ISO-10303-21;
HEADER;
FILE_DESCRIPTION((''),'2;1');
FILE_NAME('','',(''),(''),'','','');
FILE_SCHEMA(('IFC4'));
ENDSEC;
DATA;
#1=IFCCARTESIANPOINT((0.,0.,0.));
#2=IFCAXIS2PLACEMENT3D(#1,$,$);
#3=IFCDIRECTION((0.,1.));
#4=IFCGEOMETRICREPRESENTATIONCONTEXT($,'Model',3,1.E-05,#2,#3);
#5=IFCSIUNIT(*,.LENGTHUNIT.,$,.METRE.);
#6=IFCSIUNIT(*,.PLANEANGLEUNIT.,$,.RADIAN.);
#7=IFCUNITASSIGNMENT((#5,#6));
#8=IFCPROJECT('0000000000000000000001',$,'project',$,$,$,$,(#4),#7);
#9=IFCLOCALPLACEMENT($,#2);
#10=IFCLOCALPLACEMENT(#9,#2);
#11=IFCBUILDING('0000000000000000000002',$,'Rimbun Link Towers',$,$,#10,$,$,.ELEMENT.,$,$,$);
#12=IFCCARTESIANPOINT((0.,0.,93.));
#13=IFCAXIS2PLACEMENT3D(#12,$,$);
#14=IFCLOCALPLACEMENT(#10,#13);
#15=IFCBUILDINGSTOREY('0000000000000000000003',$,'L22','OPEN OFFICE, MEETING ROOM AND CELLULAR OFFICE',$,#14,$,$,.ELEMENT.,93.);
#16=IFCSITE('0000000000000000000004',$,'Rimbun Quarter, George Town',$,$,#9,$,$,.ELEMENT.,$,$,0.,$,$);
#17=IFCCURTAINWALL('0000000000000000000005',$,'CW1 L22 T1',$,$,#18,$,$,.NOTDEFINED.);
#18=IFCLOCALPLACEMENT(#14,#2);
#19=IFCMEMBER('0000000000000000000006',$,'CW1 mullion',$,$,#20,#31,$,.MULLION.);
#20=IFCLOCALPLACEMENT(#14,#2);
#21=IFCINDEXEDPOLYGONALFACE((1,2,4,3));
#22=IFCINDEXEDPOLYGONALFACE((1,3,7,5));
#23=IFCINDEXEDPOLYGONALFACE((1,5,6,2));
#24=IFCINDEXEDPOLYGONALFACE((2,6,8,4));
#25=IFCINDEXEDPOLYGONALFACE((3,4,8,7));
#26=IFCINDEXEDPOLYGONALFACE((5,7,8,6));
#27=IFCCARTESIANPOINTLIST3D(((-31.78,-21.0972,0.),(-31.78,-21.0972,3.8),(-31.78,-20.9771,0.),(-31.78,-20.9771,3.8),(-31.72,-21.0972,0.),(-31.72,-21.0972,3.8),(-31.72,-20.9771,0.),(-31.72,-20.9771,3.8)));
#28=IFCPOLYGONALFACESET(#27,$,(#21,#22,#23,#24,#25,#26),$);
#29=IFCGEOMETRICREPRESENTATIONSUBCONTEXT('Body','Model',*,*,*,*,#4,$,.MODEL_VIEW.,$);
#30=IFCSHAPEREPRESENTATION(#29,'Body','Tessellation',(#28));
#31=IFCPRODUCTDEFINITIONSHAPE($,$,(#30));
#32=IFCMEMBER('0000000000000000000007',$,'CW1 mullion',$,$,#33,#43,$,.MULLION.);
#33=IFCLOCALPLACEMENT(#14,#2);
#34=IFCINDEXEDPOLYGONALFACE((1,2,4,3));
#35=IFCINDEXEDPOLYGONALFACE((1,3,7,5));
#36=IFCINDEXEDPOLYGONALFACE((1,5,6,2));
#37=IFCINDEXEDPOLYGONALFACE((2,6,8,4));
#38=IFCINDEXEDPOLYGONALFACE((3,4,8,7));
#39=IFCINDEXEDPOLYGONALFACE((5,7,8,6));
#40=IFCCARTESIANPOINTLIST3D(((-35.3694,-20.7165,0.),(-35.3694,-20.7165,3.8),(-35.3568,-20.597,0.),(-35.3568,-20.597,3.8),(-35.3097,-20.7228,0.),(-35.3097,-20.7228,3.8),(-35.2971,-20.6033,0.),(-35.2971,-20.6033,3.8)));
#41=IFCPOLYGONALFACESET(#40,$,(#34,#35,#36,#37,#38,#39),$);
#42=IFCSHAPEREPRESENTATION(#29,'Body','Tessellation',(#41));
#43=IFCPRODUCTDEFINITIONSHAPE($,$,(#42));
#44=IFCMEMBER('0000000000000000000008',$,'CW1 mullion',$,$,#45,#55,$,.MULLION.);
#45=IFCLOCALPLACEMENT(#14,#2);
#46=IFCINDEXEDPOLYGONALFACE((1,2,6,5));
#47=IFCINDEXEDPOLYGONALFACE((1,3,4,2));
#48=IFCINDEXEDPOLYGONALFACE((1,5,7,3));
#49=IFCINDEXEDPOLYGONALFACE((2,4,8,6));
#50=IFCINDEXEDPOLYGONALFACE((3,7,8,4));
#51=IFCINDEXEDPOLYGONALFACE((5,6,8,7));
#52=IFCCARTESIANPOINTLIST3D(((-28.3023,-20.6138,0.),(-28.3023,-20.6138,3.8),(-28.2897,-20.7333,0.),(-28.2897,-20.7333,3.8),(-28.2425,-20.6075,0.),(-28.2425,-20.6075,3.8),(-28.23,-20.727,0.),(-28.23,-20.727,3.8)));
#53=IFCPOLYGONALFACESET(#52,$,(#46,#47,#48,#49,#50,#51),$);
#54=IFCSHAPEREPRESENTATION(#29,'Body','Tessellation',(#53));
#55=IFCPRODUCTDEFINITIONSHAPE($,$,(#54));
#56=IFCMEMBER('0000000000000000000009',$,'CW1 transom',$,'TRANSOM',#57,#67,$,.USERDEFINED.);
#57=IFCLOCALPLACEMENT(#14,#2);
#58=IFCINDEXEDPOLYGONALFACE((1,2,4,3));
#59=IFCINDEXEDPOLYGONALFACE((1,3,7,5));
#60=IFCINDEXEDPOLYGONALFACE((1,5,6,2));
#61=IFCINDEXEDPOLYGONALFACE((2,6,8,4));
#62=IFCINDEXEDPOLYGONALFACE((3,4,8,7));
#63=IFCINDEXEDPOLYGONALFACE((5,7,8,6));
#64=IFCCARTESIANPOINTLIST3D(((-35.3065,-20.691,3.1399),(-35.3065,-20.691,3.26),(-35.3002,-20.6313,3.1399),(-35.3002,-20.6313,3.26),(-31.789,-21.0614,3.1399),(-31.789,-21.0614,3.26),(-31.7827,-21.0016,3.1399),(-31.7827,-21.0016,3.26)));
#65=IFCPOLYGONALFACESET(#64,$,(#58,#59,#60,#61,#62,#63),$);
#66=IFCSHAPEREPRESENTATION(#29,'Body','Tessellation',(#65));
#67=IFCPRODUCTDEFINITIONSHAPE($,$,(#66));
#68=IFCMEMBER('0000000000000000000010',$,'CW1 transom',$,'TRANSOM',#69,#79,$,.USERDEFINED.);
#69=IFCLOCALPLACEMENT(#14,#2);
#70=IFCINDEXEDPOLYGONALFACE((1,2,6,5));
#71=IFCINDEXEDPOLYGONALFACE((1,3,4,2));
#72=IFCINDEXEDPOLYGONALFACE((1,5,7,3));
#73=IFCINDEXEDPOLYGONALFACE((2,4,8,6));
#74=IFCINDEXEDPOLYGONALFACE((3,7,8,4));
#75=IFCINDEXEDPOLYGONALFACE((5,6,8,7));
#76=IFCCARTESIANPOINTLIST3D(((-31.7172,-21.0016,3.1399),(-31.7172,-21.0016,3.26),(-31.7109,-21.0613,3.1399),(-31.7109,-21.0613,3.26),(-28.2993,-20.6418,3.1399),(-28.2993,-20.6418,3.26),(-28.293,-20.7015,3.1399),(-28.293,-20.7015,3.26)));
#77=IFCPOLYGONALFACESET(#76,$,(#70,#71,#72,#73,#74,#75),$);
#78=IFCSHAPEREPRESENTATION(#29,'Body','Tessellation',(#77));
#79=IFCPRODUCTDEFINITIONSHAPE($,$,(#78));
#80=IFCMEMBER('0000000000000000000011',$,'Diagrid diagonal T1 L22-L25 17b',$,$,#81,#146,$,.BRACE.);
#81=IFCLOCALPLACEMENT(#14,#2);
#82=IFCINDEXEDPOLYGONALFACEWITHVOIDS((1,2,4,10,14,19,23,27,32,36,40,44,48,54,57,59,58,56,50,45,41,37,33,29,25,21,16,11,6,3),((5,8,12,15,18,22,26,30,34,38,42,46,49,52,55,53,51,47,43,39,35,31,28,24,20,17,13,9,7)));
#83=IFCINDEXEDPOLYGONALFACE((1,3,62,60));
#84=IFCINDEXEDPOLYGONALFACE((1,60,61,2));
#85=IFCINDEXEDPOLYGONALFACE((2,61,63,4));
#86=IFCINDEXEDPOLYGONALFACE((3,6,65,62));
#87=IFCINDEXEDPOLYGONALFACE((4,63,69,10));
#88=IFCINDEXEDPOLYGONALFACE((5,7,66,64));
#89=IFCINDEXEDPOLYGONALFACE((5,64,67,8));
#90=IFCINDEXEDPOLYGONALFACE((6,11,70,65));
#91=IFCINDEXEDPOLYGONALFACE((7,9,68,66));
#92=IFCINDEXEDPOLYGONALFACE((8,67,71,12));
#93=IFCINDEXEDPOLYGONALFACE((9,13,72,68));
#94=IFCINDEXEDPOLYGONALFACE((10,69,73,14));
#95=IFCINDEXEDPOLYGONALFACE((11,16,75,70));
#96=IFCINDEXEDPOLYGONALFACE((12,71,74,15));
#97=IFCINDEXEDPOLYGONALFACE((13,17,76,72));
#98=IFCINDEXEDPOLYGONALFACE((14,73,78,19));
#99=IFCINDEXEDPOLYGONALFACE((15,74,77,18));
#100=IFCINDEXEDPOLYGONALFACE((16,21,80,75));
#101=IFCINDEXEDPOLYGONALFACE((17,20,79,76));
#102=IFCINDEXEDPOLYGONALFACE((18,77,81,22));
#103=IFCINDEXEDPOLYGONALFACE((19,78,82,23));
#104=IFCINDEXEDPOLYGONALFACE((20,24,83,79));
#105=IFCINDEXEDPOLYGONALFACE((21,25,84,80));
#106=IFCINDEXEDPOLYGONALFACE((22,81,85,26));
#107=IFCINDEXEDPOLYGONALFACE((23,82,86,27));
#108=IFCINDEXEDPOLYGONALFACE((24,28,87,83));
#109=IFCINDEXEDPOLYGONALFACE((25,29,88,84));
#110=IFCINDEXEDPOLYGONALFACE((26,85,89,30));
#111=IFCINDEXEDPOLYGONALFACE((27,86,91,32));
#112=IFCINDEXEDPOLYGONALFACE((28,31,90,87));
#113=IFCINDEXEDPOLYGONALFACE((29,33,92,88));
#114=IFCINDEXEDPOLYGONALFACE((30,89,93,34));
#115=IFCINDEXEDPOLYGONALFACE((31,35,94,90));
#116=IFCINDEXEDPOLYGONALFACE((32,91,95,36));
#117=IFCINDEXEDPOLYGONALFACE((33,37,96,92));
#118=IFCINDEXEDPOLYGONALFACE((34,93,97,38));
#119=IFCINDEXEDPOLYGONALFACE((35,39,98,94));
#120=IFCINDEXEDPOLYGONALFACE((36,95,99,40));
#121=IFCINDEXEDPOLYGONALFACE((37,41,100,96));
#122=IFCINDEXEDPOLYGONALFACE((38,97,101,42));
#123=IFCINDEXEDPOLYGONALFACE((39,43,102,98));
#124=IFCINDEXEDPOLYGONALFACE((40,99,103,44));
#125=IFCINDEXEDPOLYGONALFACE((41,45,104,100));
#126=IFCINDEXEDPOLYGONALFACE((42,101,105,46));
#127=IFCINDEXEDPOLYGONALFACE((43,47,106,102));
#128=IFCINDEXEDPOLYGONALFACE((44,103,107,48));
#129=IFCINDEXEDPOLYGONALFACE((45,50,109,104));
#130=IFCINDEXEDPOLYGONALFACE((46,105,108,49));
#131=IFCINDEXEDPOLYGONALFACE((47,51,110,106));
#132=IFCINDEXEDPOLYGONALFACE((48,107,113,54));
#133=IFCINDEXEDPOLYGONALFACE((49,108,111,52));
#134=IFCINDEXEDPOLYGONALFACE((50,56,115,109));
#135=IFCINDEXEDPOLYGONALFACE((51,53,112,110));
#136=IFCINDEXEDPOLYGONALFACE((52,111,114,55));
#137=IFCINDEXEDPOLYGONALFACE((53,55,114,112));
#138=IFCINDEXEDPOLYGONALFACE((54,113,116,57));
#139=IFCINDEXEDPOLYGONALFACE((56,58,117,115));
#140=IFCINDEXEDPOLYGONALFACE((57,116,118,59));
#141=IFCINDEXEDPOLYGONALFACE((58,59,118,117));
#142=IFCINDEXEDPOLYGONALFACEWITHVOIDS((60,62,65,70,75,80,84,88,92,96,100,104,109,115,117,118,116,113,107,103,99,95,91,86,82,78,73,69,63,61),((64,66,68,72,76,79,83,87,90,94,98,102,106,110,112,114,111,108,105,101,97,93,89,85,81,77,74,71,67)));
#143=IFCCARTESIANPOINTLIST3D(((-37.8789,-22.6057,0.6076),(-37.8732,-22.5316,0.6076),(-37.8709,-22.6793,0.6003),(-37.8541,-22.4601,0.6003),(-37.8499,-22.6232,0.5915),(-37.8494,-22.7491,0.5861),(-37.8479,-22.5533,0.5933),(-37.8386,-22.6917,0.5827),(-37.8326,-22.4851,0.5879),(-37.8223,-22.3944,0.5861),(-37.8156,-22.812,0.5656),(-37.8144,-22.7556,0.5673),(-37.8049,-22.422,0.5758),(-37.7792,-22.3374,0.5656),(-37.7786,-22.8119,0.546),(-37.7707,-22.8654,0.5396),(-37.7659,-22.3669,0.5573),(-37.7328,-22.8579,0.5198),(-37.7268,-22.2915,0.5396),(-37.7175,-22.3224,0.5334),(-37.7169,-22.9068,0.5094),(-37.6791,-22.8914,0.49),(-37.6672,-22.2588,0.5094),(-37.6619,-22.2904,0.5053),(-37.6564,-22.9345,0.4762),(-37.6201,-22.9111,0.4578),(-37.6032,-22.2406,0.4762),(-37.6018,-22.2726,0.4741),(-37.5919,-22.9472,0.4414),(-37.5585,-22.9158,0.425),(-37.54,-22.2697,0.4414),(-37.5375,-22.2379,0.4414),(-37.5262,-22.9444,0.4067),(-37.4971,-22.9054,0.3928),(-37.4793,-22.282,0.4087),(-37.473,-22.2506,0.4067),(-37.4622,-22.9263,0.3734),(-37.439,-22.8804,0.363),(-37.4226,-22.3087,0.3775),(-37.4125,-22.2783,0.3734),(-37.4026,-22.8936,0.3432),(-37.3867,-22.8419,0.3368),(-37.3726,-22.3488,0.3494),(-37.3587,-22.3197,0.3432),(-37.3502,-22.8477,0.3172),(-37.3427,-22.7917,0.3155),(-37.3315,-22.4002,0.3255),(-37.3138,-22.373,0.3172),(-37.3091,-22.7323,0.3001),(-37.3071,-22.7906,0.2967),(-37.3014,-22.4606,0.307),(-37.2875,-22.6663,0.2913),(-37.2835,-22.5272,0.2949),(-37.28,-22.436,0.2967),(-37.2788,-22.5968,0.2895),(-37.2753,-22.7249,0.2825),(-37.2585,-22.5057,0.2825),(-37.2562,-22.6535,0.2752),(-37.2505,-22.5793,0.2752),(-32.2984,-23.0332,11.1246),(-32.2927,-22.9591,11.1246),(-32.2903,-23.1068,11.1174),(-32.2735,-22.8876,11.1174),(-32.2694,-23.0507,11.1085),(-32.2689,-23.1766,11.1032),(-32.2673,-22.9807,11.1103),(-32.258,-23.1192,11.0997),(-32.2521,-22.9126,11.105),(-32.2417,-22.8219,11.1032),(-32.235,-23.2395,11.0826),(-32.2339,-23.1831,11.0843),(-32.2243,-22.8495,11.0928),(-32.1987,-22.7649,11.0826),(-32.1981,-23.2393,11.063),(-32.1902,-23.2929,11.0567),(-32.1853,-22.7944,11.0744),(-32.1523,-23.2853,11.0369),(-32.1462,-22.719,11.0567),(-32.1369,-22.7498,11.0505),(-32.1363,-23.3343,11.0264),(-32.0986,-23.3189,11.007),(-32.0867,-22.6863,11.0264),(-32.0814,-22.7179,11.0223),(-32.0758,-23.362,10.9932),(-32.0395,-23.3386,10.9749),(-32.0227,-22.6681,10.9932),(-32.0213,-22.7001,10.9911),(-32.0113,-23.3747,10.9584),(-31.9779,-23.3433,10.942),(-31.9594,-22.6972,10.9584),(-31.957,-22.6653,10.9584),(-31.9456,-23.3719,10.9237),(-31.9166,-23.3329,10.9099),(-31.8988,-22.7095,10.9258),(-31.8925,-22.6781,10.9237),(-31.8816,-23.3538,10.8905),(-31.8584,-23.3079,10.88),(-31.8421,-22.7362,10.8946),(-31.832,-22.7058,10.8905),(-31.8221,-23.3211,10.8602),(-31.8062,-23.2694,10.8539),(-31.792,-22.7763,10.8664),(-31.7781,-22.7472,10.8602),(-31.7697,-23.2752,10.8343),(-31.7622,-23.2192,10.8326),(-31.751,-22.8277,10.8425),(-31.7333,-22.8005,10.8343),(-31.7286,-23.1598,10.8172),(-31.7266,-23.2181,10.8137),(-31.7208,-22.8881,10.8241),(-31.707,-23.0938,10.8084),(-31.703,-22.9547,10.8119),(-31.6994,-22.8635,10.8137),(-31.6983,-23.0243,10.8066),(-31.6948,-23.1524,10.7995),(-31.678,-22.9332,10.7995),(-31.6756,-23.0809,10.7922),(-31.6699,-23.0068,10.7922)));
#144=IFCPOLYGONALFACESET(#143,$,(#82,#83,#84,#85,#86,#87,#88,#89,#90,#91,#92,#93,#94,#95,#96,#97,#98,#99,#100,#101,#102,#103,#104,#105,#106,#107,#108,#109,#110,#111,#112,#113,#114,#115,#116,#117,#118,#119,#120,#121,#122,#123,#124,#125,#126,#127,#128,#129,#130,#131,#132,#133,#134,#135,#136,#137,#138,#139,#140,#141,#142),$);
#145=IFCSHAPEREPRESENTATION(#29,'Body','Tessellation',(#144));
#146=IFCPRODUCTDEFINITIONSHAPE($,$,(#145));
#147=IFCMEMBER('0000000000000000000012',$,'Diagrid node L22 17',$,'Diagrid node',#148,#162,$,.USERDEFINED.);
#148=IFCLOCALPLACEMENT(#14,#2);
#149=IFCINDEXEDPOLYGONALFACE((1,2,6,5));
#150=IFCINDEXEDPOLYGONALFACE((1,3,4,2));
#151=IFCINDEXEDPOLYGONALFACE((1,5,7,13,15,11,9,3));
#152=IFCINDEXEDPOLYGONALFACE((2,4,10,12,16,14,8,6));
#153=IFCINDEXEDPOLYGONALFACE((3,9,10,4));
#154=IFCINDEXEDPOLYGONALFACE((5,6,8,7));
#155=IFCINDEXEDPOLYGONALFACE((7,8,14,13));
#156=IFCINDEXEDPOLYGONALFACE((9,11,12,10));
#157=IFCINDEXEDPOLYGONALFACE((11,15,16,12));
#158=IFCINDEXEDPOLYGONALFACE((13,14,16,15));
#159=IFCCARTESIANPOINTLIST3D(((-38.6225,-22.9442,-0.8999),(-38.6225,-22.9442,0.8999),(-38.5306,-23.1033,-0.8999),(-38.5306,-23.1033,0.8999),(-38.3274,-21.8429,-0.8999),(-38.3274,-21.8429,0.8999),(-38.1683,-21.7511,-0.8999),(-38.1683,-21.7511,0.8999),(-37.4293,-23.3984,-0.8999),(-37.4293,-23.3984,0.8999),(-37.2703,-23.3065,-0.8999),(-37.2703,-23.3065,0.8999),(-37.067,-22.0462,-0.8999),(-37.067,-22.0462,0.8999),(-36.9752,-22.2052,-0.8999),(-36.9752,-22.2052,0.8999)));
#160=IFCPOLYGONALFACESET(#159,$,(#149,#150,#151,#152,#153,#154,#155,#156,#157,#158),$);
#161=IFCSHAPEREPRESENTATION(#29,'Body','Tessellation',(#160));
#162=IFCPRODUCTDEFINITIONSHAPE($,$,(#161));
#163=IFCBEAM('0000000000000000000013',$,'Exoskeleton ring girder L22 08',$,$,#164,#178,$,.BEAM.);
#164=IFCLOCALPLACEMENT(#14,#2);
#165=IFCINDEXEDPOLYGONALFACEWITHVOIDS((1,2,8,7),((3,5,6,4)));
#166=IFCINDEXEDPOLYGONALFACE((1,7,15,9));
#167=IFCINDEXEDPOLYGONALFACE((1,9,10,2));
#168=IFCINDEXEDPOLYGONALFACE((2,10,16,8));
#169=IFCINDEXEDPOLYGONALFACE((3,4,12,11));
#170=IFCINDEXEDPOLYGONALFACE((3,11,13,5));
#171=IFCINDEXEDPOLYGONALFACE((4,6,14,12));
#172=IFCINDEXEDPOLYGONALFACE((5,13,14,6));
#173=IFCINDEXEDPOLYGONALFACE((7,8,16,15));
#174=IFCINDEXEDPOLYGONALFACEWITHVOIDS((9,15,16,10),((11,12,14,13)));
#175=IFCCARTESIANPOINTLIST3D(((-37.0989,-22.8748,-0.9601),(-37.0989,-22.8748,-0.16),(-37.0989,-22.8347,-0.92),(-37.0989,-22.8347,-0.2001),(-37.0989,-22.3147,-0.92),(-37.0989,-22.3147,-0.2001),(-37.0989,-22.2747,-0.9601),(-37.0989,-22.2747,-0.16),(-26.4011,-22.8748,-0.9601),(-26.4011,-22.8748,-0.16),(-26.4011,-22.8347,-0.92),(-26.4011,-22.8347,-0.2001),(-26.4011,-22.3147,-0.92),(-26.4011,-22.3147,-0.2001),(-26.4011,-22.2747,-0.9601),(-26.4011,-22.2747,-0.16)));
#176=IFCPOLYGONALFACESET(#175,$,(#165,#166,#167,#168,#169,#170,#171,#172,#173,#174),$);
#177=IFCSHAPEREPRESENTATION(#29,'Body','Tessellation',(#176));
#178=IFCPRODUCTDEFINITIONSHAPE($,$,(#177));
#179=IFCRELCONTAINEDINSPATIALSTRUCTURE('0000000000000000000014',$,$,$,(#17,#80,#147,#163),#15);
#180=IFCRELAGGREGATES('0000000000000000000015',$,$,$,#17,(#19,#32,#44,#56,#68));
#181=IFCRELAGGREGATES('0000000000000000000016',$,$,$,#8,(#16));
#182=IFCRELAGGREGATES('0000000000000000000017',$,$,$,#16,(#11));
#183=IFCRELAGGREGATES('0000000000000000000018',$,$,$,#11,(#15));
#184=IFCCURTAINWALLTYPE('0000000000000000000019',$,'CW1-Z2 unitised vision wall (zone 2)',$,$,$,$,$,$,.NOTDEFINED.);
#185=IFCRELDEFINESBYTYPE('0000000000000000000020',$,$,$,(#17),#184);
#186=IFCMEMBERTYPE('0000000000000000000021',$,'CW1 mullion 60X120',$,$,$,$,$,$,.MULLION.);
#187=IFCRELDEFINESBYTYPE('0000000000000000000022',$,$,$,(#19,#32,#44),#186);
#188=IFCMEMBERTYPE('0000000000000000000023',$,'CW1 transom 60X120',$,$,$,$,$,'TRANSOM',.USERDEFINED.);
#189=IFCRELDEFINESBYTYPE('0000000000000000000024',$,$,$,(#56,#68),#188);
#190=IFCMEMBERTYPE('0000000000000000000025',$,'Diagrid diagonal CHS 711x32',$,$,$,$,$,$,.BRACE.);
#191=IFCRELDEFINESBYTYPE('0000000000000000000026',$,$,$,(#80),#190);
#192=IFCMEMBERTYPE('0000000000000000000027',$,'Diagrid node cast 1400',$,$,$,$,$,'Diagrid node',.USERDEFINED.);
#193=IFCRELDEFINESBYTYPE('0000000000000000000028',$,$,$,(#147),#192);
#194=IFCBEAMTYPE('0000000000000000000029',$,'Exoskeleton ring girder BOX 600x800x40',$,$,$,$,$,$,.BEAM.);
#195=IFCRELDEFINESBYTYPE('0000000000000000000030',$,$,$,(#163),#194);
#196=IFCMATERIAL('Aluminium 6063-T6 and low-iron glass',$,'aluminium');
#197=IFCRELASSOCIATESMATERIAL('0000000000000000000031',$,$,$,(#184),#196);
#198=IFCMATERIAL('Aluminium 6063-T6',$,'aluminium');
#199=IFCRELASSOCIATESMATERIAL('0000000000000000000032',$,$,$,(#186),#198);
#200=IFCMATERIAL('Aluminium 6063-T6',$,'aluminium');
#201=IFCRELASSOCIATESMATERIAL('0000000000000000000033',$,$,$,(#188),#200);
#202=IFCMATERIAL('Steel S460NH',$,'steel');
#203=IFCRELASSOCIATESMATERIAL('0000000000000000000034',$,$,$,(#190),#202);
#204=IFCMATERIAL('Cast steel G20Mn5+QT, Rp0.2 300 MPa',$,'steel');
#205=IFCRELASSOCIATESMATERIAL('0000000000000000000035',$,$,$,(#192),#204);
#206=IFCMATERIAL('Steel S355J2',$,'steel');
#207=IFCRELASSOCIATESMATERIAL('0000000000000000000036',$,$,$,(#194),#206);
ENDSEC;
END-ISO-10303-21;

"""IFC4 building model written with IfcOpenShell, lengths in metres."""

from ifc_helpers import new_model, si_unit, direction, frame, origin, origin_2d, place, context, subcontext, project, spatial, polyline, rectangle, hollow_rectangle, hollow_circle, outline, extrude, material, material_profile, profile_set, type_object, element, aggregate, save


model = new_model("IFC4")

# Units and contexts
model_context = context("Model", 3, precision=1e-05, world=origin(), true_north=direction((0.0, 1.0)))
body_context = subcontext(model_context, "Body", "Model", "MODEL_VIEW")
ifc_project = project(units=[si_unit("LENGTHUNIT", "METRE"), si_unit("PLANEANGLEUNIT", "RADIAN")], contexts=[model_context])

# Site, building, storey
site_placement = place(None, origin())
site = spatial("IfcSite", under=ifc_project, at=site_placement, Name="Rimbun Quarter, George Town", CompositionType="ELEMENT", RefElevation=0.0)
building_placement = place(site_placement, origin())
building = spatial("IfcBuilding", under=site, at=building_placement, Name="Rimbun Link Towers", CompositionType="ELEMENT")
storey_placement = place(building_placement, frame((0.0, 0.0, 93.0)))
storey = spatial("IfcBuildingStorey", under=building, at=storey_placement, Name="L22", Description="OPEN OFFICE, MEETING ROOM AND CELLULAR OFFICE", CompositionType="ELEMENT", Elevation=93.0)

# Curtain wall, members
ifc_material_1 = material(Name="Aluminium 6063-T6 and low-iron glass", Category="aluminium")
curtain_wall_type = type_object("IfcCurtainWallType", Name="CW1-Z2 unitised vision wall (zone 2)", PredefinedType="NOTDEFINED", material=ifc_material_1)
curtain_wall_placement = place(storey_placement, origin())
curtain_wall = element("IfcCurtainWall", 1, at=curtain_wall_placement, inside=storey, type_object=curtain_wall_type, Name="CW1 L22 T1", PredefinedType="NOTDEFINED")
ifc_material_2 = material(Name="Aluminium 6063-T6", Category="aluminium")
ifc_material_profile_1 = material_profile(ifc_material_2, rectangle(XDim=0.1201, YDim=0.0601, at=origin_2d()), Name="MULLION 60X120")
ifc_profile_set_1 = profile_set([ifc_material_profile_1], Name="Aluminium 6063-T6")
member_type_1 = type_object("IfcMemberType", Name="CW1 mullion 60X120", PredefinedType="MULLION", material=ifc_profile_set_1)
member_1_placement = place(storey_placement, frame((-31.75, -21.0371, 0.0), z_axis=(0.0, 0.0, 1.0), x_axis=(0.0, -1.0, 0.0)))
member_1 = element("IfcMember", 2, at=member_1_placement, type_object=member_type_1, Name="CW1 mullion", PredefinedType="MULLION", context=body_context, shape_type="SweptSolid", body=[
    extrude(rectangle(XDim=0.1201, YDim=0.0601, at=origin_2d()), origin(), (0.0, 0.0, 1.0), 3.8),
])
member_2_placement = place(storey_placement, frame((-35.3333, -20.6599, 0.0), z_axis=(0.0, 0.0, 1.0), x_axis=(-0.104735, -0.9945, 0.0)))
member_2 = element("IfcMember", 3, at=member_2_placement, type_object=member_type_1, Name="CW1 mullion", PredefinedType="MULLION", context=body_context, shape_type="SweptSolid", body=[
    extrude(rectangle(XDim=0.1201, YDim=0.0601, at=origin_2d()), origin(), (0.0, 0.0, 1.0), 3.8),
])
member_3_placement = place(storey_placement, frame((-28.2661, -20.6704, 0.0), z_axis=(0.0, 0.0, 1.0), x_axis=(0.104735, -0.9945, 0.0)))
member_3 = element("IfcMember", 4, at=member_3_placement, type_object=member_type_1, Name="CW1 mullion", PredefinedType="MULLION", context=body_context, shape_type="SweptSolid", body=[
    extrude(rectangle(XDim=0.1201, YDim=0.0601, at=origin_2d()), origin(), (0.0, 0.0, 1.0), 3.8),
])
ifc_material_3 = material(Name="Aluminium 6063-T6", Category="aluminium")
ifc_material_profile_2 = material_profile(ifc_material_3, rectangle(XDim=0.0601, YDim=0.1201, at=origin_2d()), Name="TRANSOM 60X120")
ifc_profile_set_2 = profile_set([ifc_material_profile_2], Name="Aluminium 6063-T6")
member_type_2 = type_object("IfcMemberType", Name="CW1 transom 60X120", ElementType="TRANSOM", PredefinedType="USERDEFINED", material=ifc_profile_set_2)
member_4_placement = place(storey_placement, frame((-31.7859, -21.0315, 3.2), z_axis=(-0.994502, 0.104717, 0.0), x_axis=(-0.104717, -0.994502, 0.0)))
member_4 = element("IfcMember", 5, at=member_4_placement, type_object=member_type_2, Name="CW1 transom", ObjectType="TRANSOM", PredefinedType="USERDEFINED", context=body_context, shape_type="SweptSolid", body=[
    extrude(rectangle(XDim=0.0601, YDim=0.1201, at=origin_2d()), origin(), (0.0, 0.0, 1.0), 3.5369),
])
member_5_placement = place(storey_placement, frame((-28.2961, -20.6716, 3.2), z_axis=(-0.994503, -0.104707, 0.0), x_axis=(0.104707, -0.994503, 0.0)))
member_5 = element("IfcMember", 6, at=member_5_placement, type_object=member_type_2, Name="CW1 transom", ObjectType="TRANSOM", PredefinedType="USERDEFINED", context=body_context, shape_type="SweptSolid", body=[
    extrude(rectangle(XDim=0.0601, YDim=0.1201, at=origin_2d()), origin(), (0.0, 0.0, 1.0), 3.4368),
])

# Members
ifc_material_4 = material(Name="Steel S460NH", Category="steel")
ifc_material_profile_3 = material_profile(ifc_material_4, hollow_circle(Radius=0.3557, WallThickness=0.032, at=origin_2d()), Name="Diagrid diagonal CHS 711x32")
ifc_profile_set_3 = profile_set([ifc_material_profile_3], Name="Steel S460NH")
member_type_3 = type_object("IfcMemberType", Name="Diagrid diagonal CHS 711x32", PredefinedType="BRACE", material=ifc_profile_set_3)
member_6_placement = place(storey_placement, frame((-37.5647, -22.5925, 0.4414), z_axis=(0.468419, -0.035882, 0.882778), x_axis=(0.07638, 0.997079, 0.0)))
element("IfcMember", 7, at=member_6_placement, inside=storey, type_object=member_type_3, Name="Diagrid diagonal T1 L22-L25 17b", PredefinedType="BRACE", context=body_context, shape_type="SweptSolid", body=[
    extrude(hollow_circle(Radius=0.3557, WallThickness=0.032, at=origin_2d()), origin(), (0.0, 0.0, 1.0), 11.9136),
])
ifc_material_5 = material(Name="Cast steel G20Mn5+QT, Rp0.2 300 MPa", Category="steel")
ifc_material_profile_4 = material_profile(ifc_material_5, outline(polyline([(0.7, -0.5701), (0.7, 0.5701), (0.5701, 0.7), (-0.5701, 0.7), (-0.7, 0.5701), (-0.7, -0.5701), (-0.5701, -0.7), (0.5701, -0.7), (0.7, -0.5701)])), Name="NODE 1400x1400")
ifc_profile_set_4 = profile_set([ifc_material_profile_4], Name="Cast steel G20Mn5+QT, Rp0.2 300 MPa")
member_type_4 = type_object("IfcMemberType", Name="Diagrid node cast 1400", ElementType="Diagrid node", PredefinedType="USERDEFINED", material=ifc_profile_set_4)
member_7_placement = place(storey_placement, frame((-37.7988, -22.5747, -0.8999), z_axis=(0.0, 0.0, 1.0), x_axis=(-0.258819, -0.965926, 0.0)))
element("IfcMember", 8, at=member_7_placement, inside=storey, type_object=member_type_4, Name="Diagrid node L22 17", ObjectType="Diagrid node", PredefinedType="USERDEFINED", context=body_context, shape_type="SweptSolid", body=[
    extrude(outline(polyline([(0.7, -0.5701), (0.7, 0.5701), (0.5701, 0.7), (-0.5701, 0.7), (-0.7, 0.5701), (-0.7, -0.5701), (-0.5701, -0.7), (0.5701, -0.7), (0.7, -0.5701)])), origin(), (0.0, 0.0, 1.0), 1.7998),
])

# Beam
ifc_material_6 = material(Name="Steel S355J2", Category="steel")
ifc_material_profile_5 = material_profile(ifc_material_6, hollow_rectangle(XDim=0.6001, YDim=0.8, WallThickness=0.04, at=origin_2d()), Name="Exoskeleton ring girder BOX 600x800x40")
ifc_profile_set_5 = profile_set([ifc_material_profile_5], Name="Steel S355J2")
beam_type_1 = type_object("IfcBeamType", Name="Exoskeleton ring girder BOX 600x800x40", PredefinedType="BEAM", material=ifc_profile_set_5)
beam_1_placement = place(storey_placement, frame((-37.0989, -22.5747, -0.5601), z_axis=(1.0, 0.0, 0.0), x_axis=(0.0, 1.0, 0.0)))
element("IfcBeam", 9, at=beam_1_placement, inside=storey, type_object=beam_type_1, Name="Exoskeleton ring girder L22 08", PredefinedType="BEAM", context=body_context, shape_type="SweptSolid", body=[
    extrude(hollow_rectangle(XDim=0.6001, YDim=0.8, WallThickness=0.04, at=origin_2d()), origin(), (0.0, 0.0, 1.0), 10.6978),
])

aggregate(curtain_wall, [member_1, member_2, member_3, member_4, member_5])

save(model, "model.ifc")
